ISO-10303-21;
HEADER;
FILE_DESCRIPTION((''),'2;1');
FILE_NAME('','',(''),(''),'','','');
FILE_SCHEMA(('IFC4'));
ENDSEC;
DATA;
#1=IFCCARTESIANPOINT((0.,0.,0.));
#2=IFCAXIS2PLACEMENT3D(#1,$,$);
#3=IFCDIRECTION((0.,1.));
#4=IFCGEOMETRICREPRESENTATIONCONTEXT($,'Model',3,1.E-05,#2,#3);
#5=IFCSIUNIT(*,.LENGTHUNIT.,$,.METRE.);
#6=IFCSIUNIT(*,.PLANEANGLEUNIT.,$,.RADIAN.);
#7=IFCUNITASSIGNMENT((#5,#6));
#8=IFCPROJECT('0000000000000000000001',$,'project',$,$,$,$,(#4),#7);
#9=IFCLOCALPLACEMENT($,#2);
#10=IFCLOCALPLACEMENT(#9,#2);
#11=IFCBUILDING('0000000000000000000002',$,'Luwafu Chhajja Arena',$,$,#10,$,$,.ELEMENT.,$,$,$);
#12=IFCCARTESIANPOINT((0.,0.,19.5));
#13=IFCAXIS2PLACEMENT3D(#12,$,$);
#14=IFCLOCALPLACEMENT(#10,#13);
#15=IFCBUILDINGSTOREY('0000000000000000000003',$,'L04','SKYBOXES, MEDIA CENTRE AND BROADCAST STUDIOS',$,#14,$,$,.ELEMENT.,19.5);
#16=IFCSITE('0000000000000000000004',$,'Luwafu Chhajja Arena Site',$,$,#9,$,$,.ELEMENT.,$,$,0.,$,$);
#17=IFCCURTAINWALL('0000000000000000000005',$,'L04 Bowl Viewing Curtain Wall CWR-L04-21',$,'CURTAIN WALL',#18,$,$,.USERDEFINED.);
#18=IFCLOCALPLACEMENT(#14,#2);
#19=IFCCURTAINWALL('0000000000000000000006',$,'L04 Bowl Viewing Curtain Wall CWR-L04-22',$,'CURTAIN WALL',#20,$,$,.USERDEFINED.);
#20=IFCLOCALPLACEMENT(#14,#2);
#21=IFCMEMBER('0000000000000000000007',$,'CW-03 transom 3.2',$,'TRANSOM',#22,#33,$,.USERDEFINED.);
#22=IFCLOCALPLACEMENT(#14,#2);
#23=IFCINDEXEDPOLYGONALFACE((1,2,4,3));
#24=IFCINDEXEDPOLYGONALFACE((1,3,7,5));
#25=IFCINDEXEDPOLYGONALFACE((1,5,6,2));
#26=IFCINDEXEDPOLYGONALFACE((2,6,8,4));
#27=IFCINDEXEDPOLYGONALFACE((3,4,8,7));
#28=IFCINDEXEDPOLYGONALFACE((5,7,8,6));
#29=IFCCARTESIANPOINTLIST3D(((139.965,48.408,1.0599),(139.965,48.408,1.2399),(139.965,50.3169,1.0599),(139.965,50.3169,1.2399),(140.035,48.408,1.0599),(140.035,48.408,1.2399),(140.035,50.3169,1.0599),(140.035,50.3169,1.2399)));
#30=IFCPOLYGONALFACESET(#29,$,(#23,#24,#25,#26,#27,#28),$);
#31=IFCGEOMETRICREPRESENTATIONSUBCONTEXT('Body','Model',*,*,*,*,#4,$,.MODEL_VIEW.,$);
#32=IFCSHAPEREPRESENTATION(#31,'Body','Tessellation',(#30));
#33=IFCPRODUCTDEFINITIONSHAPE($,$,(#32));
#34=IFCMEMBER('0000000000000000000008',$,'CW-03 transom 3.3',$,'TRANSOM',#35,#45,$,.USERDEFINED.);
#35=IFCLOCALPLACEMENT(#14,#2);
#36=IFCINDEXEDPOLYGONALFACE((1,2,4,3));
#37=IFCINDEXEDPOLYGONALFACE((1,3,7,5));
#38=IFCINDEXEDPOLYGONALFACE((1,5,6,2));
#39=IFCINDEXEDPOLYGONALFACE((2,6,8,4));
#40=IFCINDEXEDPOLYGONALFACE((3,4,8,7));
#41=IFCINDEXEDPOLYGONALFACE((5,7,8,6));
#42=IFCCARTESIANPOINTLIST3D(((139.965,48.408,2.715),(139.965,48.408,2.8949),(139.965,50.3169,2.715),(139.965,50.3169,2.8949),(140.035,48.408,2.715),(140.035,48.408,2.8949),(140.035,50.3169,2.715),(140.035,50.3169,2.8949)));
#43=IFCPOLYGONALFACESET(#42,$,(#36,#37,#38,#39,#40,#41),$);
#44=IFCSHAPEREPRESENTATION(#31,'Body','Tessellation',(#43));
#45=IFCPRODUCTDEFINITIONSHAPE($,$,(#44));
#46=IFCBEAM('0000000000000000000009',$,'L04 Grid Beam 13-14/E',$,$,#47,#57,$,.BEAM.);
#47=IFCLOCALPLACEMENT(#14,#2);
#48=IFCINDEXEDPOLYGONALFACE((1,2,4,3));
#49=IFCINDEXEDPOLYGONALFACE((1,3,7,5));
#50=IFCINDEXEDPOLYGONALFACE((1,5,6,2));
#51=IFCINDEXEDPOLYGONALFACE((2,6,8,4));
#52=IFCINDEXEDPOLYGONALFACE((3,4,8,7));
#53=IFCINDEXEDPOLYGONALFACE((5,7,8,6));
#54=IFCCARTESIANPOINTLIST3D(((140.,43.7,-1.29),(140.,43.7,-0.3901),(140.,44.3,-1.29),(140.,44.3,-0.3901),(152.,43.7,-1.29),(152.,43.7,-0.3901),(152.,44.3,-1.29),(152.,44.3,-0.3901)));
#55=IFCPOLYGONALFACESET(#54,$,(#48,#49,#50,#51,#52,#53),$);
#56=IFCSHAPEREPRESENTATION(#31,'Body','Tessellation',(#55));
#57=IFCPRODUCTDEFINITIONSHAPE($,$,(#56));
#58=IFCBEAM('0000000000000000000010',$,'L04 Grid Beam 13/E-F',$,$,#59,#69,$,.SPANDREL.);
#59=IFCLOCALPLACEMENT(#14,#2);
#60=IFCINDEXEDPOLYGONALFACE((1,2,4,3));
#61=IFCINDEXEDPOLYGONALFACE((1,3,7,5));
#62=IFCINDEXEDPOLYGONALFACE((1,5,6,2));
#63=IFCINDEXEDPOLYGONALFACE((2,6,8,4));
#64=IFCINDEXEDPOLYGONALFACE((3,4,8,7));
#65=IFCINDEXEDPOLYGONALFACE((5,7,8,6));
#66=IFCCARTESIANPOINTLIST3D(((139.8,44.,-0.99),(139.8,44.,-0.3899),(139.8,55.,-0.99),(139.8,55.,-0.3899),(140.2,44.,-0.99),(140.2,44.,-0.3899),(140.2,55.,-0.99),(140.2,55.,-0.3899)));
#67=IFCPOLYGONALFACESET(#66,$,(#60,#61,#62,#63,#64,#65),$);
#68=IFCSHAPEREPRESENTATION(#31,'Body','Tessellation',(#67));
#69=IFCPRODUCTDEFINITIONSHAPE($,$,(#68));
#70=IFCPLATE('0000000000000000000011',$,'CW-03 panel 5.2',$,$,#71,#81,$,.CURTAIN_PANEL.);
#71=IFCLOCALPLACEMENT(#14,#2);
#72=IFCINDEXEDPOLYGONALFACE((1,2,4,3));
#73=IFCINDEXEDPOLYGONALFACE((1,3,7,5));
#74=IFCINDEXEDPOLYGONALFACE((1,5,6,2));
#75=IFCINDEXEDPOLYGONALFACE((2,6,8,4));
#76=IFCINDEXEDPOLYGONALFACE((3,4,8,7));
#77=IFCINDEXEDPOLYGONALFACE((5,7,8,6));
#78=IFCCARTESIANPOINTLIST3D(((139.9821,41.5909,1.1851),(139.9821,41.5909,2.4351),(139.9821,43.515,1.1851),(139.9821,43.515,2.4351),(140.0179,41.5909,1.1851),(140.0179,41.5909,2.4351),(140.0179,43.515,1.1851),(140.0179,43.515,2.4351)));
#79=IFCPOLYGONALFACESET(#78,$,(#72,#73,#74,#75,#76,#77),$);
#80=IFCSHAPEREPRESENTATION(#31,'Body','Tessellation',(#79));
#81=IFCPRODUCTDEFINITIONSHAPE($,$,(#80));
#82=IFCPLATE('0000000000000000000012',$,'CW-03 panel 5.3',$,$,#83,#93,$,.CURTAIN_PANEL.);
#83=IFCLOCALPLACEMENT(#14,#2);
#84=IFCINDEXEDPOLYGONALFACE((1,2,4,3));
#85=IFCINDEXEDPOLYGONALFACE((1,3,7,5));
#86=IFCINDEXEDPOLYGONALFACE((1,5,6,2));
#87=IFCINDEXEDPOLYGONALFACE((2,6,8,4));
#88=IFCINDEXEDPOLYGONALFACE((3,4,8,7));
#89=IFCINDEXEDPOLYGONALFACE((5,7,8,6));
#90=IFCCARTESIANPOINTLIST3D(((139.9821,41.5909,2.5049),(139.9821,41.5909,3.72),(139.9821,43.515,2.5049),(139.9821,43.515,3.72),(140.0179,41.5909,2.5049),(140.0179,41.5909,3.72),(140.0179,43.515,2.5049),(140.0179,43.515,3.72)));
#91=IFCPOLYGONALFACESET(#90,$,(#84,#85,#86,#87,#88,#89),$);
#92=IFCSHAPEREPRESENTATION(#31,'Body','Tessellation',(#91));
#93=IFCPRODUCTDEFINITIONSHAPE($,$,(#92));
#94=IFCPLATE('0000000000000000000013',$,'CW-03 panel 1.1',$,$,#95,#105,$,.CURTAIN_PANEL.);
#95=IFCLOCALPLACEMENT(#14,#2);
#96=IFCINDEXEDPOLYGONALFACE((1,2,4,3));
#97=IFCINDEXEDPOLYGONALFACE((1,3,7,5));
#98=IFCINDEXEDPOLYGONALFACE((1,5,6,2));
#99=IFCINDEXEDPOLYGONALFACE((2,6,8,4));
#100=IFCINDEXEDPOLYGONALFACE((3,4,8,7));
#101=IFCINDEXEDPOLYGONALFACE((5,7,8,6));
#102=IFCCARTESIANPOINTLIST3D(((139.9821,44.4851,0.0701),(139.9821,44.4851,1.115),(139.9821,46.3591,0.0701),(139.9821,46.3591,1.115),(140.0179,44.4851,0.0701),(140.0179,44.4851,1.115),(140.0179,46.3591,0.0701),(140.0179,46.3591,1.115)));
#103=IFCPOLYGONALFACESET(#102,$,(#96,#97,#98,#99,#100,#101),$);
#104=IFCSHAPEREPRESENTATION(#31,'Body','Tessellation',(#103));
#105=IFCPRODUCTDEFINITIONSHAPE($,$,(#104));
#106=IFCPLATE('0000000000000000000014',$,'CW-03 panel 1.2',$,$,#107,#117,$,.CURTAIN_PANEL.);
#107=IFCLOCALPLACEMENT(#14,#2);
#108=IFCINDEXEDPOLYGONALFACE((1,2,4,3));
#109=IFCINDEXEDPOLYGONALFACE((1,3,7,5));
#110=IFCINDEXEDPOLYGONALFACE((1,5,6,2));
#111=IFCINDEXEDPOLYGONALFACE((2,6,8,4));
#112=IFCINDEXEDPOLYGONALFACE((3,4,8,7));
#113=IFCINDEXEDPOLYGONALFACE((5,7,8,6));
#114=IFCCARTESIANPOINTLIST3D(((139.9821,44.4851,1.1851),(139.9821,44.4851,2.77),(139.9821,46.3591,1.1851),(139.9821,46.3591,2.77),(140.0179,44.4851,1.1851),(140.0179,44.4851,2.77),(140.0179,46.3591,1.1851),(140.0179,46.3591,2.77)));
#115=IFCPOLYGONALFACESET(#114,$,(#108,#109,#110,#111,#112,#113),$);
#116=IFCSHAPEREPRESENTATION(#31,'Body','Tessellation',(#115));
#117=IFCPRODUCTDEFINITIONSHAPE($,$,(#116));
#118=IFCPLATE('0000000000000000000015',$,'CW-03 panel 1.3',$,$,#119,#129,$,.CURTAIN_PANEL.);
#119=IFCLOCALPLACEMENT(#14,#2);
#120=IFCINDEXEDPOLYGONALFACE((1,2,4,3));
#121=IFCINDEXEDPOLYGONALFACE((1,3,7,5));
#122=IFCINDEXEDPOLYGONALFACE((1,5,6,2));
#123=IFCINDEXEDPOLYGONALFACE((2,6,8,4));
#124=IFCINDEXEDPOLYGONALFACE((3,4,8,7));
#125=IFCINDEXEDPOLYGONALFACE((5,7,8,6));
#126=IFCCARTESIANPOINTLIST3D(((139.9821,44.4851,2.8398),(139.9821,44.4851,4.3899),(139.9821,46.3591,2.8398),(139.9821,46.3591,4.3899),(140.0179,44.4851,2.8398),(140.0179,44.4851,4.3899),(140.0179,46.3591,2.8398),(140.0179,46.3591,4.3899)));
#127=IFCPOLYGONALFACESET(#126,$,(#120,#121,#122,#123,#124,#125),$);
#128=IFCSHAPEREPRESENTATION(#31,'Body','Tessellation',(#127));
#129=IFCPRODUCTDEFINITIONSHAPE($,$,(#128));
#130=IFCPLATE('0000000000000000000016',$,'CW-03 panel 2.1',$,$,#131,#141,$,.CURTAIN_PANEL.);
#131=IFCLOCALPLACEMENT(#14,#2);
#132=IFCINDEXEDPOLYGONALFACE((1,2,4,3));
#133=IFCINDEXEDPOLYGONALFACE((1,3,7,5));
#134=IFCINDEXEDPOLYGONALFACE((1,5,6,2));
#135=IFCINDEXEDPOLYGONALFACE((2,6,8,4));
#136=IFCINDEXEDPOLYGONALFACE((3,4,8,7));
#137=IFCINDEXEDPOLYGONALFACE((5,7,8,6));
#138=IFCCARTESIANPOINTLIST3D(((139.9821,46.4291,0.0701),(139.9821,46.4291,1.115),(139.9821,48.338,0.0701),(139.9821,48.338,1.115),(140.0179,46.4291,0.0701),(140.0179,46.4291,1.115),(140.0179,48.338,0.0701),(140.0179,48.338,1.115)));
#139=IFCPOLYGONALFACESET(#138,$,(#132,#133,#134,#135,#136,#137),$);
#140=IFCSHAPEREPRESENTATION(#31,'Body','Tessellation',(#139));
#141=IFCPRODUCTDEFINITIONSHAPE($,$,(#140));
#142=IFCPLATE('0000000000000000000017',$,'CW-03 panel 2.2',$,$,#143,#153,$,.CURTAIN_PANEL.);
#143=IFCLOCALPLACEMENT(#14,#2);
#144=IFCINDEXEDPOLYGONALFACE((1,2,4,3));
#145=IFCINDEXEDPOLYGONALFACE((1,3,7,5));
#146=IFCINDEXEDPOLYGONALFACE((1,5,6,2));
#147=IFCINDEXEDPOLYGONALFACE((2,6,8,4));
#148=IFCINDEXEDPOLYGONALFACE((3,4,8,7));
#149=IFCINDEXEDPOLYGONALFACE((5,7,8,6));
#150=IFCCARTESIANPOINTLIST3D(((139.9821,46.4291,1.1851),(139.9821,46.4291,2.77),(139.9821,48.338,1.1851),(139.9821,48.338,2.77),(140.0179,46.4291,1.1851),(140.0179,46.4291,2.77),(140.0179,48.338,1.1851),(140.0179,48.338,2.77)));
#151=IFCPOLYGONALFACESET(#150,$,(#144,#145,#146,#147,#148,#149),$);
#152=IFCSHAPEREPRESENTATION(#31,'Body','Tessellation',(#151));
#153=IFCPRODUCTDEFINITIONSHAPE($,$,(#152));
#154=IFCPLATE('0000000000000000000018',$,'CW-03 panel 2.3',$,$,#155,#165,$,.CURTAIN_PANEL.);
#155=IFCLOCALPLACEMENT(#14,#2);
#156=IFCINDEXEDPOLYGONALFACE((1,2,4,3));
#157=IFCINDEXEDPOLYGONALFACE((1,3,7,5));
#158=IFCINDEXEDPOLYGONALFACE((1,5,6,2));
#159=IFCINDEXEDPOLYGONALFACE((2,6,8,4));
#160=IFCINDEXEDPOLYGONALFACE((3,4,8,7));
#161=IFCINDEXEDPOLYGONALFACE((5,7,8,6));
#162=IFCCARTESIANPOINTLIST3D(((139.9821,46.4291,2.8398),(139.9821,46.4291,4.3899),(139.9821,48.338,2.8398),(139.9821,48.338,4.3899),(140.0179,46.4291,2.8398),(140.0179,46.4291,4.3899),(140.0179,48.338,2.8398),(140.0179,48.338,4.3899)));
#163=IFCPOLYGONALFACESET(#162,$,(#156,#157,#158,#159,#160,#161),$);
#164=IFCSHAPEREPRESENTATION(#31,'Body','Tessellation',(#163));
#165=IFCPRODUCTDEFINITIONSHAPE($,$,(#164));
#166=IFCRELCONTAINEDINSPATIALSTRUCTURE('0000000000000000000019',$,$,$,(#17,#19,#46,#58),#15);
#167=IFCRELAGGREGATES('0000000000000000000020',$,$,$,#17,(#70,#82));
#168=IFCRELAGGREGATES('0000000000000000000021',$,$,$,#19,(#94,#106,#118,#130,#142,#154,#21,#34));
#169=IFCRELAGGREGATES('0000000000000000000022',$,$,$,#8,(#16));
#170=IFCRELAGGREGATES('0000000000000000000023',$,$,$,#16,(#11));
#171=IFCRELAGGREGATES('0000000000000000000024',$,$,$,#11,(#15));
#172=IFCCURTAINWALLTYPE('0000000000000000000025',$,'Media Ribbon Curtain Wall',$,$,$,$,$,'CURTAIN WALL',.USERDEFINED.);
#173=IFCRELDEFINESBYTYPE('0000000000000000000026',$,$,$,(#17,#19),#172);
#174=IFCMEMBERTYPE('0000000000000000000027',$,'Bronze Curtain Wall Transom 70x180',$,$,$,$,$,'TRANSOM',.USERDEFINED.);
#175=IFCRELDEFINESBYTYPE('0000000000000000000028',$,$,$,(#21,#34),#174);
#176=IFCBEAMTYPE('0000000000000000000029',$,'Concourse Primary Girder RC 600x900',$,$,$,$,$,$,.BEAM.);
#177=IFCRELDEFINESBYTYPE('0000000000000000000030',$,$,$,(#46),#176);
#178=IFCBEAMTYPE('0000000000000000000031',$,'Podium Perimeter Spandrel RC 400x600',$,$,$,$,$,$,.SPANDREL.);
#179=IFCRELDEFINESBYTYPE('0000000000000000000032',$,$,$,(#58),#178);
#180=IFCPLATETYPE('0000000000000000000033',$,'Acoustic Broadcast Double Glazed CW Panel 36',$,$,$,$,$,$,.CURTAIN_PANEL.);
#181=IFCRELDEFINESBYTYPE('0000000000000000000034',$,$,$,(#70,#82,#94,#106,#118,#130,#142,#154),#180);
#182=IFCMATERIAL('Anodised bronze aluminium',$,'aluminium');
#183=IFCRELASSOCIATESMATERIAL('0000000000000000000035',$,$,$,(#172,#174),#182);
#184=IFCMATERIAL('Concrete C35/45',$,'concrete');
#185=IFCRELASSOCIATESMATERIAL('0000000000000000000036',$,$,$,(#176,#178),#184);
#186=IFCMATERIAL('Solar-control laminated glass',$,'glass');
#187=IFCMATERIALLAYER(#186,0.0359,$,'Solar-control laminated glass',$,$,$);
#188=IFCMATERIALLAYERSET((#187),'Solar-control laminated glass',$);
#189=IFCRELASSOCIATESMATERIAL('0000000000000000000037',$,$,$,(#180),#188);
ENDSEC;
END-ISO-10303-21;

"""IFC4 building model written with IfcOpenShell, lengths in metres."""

from ifc_helpers import new_model, si_unit, direction, frame, origin, origin_2d, place, context, subcontext, project, spatial, rectangle, extrude, material, layer, layer_set, material_profile, profile_set, type_object, element, aggregate, save


model = new_model("IFC4")

# Units and contexts
model_context = context("Model", 3, precision=1e-05, world=origin(), true_north=direction((0.0, 1.0)))
body_context = subcontext(model_context, "Body", "Model", "MODEL_VIEW")
ifc_project = project(units=[si_unit("LENGTHUNIT", "METRE"), si_unit("PLANEANGLEUNIT", "RADIAN")], contexts=[model_context])

# Site, building, storey
site_placement = place(None, origin())
site = spatial("IfcSite", under=ifc_project, at=site_placement, Name="Luwafu Chhajja Arena Site", CompositionType="ELEMENT", RefElevation=0.0)
building_placement = place(site_placement, origin())
building = spatial("IfcBuilding", under=site, at=building_placement, Name="Luwafu Chhajja Arena", CompositionType="ELEMENT")
storey_placement = place(building_placement, frame((0.0, 0.0, 19.5)))
storey = spatial("IfcBuildingStorey", under=building, at=storey_placement, Name="L04", Description="SKYBOXES, MEDIA CENTRE AND BROADCAST STUDIOS", CompositionType="ELEMENT", Elevation=19.5)

# Shared definitions
ifc_material_1 = material(Name="Concrete C35/45", Category="concrete")

# Curtain wall
ifc_material_2 = material(Name="Anodised bronze aluminium", Category="aluminium")
curtain_wall_type = type_object("IfcCurtainWallType", Name="Media Ribbon Curtain Wall", ElementType="CURTAIN WALL", PredefinedType="USERDEFINED", material=ifc_material_2)
curtain_wall_1_placement = place(storey_placement, origin())
curtain_wall_1 = element("IfcCurtainWall", 1, at=curtain_wall_1_placement, inside=storey, type_object=curtain_wall_type, Name="L04 Bowl Viewing Curtain Wall CWR-L04-21", ObjectType="CURTAIN WALL", PredefinedType="USERDEFINED")

# Curtain wall, members
curtain_wall_2_placement = place(storey_placement, origin())
curtain_wall_2 = element("IfcCurtainWall", 2, at=curtain_wall_2_placement, inside=storey, type_object=curtain_wall_type, Name="L04 Bowl Viewing Curtain Wall CWR-L04-22", ObjectType="CURTAIN WALL", PredefinedType="USERDEFINED")
ifc_material_profile_1 = material_profile(ifc_material_2, rectangle(XDim=0.0701, YDim=0.1799, at=origin_2d()), Name="CWT 70x180")
ifc_profile_set_1 = profile_set([ifc_material_profile_1], Name="Anodised bronze aluminium")
member_type_1 = type_object("IfcMemberType", Name="Bronze Curtain Wall Transom 70x180", ElementType="TRANSOM", PredefinedType="USERDEFINED", material=ifc_profile_set_1)
member_1_placement = place(storey_placement, frame((140.0, 48.408, 1.1499), z_axis=(0.0, 1.0, 0.0), x_axis=(-1.0, 0.0, 0.0)))
member_1 = element("IfcMember", 3, at=member_1_placement, type_object=member_type_1, Name="CW-03 transom 3.2", ObjectType="TRANSOM", PredefinedType="USERDEFINED", context=body_context, shape_type="SweptSolid", body=[
    extrude(rectangle(XDim=0.0701, YDim=0.1799, at=origin_2d()), origin(), (0.0, 0.0, 1.0), 1.9089),
])
member_2_placement = place(storey_placement, frame((140.0, 48.408, 2.8049), z_axis=(0.0, 1.0, 0.0), x_axis=(-1.0, 0.0, 0.0)))
member_2 = element("IfcMember", 4, at=member_2_placement, type_object=member_type_1, Name="CW-03 transom 3.3", ObjectType="TRANSOM", PredefinedType="USERDEFINED", context=body_context, shape_type="SweptSolid", body=[
    extrude(rectangle(XDim=0.0701, YDim=0.1799, at=origin_2d()), origin(), (0.0, 0.0, 1.0), 1.9089),
])

# Beams
ifc_material_profile_2 = material_profile(ifc_material_1, rectangle(XDim=0.6001, YDim=0.8999, at=origin_2d()), Name="RC 600x900")
ifc_profile_set_2 = profile_set([ifc_material_profile_2], Name="Concrete C35/45")
beam_type_1 = type_object("IfcBeamType", Name="Concourse Primary Girder RC 600x900", PredefinedType="BEAM", material=ifc_profile_set_2)
beam_1_placement = place(storey_placement, frame((140.0, 44.0, -0.8401), z_axis=(1.0, 0.0, 0.0), x_axis=(0.0, 1.0, 0.0)))
element("IfcBeam", 5, at=beam_1_placement, inside=storey, type_object=beam_type_1, Name="L04 Grid Beam 13-14/E", PredefinedType="BEAM", context=body_context, shape_type="SweptSolid", body=[
    extrude(rectangle(XDim=0.6001, YDim=0.8999, at=origin_2d()), origin(), (0.0, 0.0, 1.0), 12.0),
])
ifc_material_profile_3 = material_profile(ifc_material_1, rectangle(XDim=0.3999, YDim=0.6001, at=origin_2d()), Name="RC 400x600")
ifc_profile_set_3 = profile_set([ifc_material_profile_3], Name="Concrete C35/45")
beam_type_2 = type_object("IfcBeamType", Name="Podium Perimeter Spandrel RC 400x600", PredefinedType="SPANDREL", material=ifc_profile_set_3)
beam_2_placement = place(storey_placement, frame((140.0, 44.0, -0.6899), z_axis=(0.0, 1.0, 0.0), x_axis=(-1.0, 0.0, 0.0)))
element("IfcBeam", 6, at=beam_2_placement, inside=storey, type_object=beam_type_2, Name="L04 Grid Beam 13/E-F", PredefinedType="SPANDREL", context=body_context, shape_type="SweptSolid", body=[
    extrude(rectangle(XDim=0.3999, YDim=0.6001, at=origin_2d()), origin(), (0.0, 0.0, 1.0), 11.0),
])

# Plates
ifc_material_3 = material(Name="Solar-control laminated glass", Category="glass")
ifc_layer = layer(ifc_material_3, 0.0359, Name="Solar-control laminated glass")
ifc_layer_set = layer_set([ifc_layer], Name="Solar-control laminated glass")
plate_type = type_object("IfcPlateType", Name="Acoustic Broadcast Double Glazed CW Panel 36", PredefinedType="CURTAIN_PANEL", material=ifc_layer_set)
plate_1_placement = place(storey_placement, frame((140.0, 42.553, 1.1851), z_axis=(0.0, 0.0, 1.0), x_axis=(0.0, 1.0, 0.0)))
plate_1 = element("IfcPlate", 7, at=plate_1_placement, type_object=plate_type, Name="CW-03 panel 5.2", PredefinedType="CURTAIN_PANEL", context=body_context, shape_type="SweptSolid", body=[
    extrude(rectangle(XDim=1.9241, YDim=0.0359, at=origin_2d()), origin(), (0.0, 0.0, 1.0), 1.25),
])
plate_2_placement = place(storey_placement, frame((140.0, 42.553, 2.5049), z_axis=(0.0, 0.0, 1.0), x_axis=(0.0, 1.0, 0.0)))
plate_2 = element("IfcPlate", 8, at=plate_2_placement, type_object=plate_type, Name="CW-03 panel 5.3", PredefinedType="CURTAIN_PANEL", context=body_context, shape_type="SweptSolid", body=[
    extrude(rectangle(XDim=1.9241, YDim=0.0359, at=origin_2d()), origin(), (0.0, 0.0, 1.0), 1.2151),
])
aggregate(curtain_wall_1, [plate_1, plate_2])
plate_3_placement = place(storey_placement, frame((140.0, 45.4221, 0.0701), z_axis=(0.0, 0.0, 1.0), x_axis=(0.0, 1.0, 0.0)))
plate_3 = element("IfcPlate", 9, at=plate_3_placement, type_object=plate_type, Name="CW-03 panel 1.1", PredefinedType="CURTAIN_PANEL", context=body_context, shape_type="SweptSolid", body=[
    extrude(rectangle(XDim=1.874, YDim=0.0359, at=origin_2d()), origin(), (0.0, 0.0, 1.0), 1.0449),
])
plate_4_placement = place(storey_placement, frame((140.0, 45.4221, 1.1851), z_axis=(0.0, 0.0, 1.0), x_axis=(0.0, 1.0, 0.0)))
plate_4 = element("IfcPlate", 10, at=plate_4_placement, type_object=plate_type, Name="CW-03 panel 1.2", PredefinedType="CURTAIN_PANEL", context=body_context, shape_type="SweptSolid", body=[
    extrude(rectangle(XDim=1.874, YDim=0.0359, at=origin_2d()), origin(), (0.0, 0.0, 1.0), 1.585),
])
plate_5_placement = place(storey_placement, frame((140.0, 45.4221, 2.8398), z_axis=(0.0, 0.0, 1.0), x_axis=(0.0, 1.0, 0.0)))
plate_5 = element("IfcPlate", 11, at=plate_5_placement, type_object=plate_type, Name="CW-03 panel 1.3", PredefinedType="CURTAIN_PANEL", context=body_context, shape_type="SweptSolid", body=[
    extrude(rectangle(XDim=1.874, YDim=0.0359, at=origin_2d()), origin(), (0.0, 0.0, 1.0), 1.55),
])
plate_6_placement = place(storey_placement, frame((140.0, 47.3835, 0.0701), z_axis=(0.0, 0.0, 1.0), x_axis=(0.0, 1.0, 0.0)))
plate_6 = element("IfcPlate", 12, at=plate_6_placement, type_object=plate_type, Name="CW-03 panel 2.1", PredefinedType="CURTAIN_PANEL", context=body_context, shape_type="SweptSolid", body=[
    extrude(rectangle(XDim=1.9089, YDim=0.0359, at=origin_2d()), origin(), (0.0, 0.0, 1.0), 1.0449),
])
plate_7_placement = place(storey_placement, frame((140.0, 47.3835, 1.1851), z_axis=(0.0, 0.0, 1.0), x_axis=(0.0, 1.0, 0.0)))
plate_7 = element("IfcPlate", 13, at=plate_7_placement, type_object=plate_type, Name="CW-03 panel 2.2", PredefinedType="CURTAIN_PANEL", context=body_context, shape_type="SweptSolid", body=[
    extrude(rectangle(XDim=1.9089, YDim=0.0359, at=origin_2d()), origin(), (0.0, 0.0, 1.0), 1.585),
])
plate_8_placement = place(storey_placement, frame((140.0, 47.3835, 2.8398), z_axis=(0.0, 0.0, 1.0), x_axis=(0.0, 1.0, 0.0)))
plate_8 = element("IfcPlate", 14, at=plate_8_placement, type_object=plate_type, Name="CW-03 panel 2.3", PredefinedType="CURTAIN_PANEL", context=body_context, shape_type="SweptSolid", body=[
    extrude(rectangle(XDim=1.9089, YDim=0.0359, at=origin_2d()), origin(), (0.0, 0.0, 1.0), 1.55),
])
aggregate(curtain_wall_2, [plate_3, plate_4, plate_5, plate_6, plate_7, plate_8, member_1, member_2])

save(model, "model.ifc")
